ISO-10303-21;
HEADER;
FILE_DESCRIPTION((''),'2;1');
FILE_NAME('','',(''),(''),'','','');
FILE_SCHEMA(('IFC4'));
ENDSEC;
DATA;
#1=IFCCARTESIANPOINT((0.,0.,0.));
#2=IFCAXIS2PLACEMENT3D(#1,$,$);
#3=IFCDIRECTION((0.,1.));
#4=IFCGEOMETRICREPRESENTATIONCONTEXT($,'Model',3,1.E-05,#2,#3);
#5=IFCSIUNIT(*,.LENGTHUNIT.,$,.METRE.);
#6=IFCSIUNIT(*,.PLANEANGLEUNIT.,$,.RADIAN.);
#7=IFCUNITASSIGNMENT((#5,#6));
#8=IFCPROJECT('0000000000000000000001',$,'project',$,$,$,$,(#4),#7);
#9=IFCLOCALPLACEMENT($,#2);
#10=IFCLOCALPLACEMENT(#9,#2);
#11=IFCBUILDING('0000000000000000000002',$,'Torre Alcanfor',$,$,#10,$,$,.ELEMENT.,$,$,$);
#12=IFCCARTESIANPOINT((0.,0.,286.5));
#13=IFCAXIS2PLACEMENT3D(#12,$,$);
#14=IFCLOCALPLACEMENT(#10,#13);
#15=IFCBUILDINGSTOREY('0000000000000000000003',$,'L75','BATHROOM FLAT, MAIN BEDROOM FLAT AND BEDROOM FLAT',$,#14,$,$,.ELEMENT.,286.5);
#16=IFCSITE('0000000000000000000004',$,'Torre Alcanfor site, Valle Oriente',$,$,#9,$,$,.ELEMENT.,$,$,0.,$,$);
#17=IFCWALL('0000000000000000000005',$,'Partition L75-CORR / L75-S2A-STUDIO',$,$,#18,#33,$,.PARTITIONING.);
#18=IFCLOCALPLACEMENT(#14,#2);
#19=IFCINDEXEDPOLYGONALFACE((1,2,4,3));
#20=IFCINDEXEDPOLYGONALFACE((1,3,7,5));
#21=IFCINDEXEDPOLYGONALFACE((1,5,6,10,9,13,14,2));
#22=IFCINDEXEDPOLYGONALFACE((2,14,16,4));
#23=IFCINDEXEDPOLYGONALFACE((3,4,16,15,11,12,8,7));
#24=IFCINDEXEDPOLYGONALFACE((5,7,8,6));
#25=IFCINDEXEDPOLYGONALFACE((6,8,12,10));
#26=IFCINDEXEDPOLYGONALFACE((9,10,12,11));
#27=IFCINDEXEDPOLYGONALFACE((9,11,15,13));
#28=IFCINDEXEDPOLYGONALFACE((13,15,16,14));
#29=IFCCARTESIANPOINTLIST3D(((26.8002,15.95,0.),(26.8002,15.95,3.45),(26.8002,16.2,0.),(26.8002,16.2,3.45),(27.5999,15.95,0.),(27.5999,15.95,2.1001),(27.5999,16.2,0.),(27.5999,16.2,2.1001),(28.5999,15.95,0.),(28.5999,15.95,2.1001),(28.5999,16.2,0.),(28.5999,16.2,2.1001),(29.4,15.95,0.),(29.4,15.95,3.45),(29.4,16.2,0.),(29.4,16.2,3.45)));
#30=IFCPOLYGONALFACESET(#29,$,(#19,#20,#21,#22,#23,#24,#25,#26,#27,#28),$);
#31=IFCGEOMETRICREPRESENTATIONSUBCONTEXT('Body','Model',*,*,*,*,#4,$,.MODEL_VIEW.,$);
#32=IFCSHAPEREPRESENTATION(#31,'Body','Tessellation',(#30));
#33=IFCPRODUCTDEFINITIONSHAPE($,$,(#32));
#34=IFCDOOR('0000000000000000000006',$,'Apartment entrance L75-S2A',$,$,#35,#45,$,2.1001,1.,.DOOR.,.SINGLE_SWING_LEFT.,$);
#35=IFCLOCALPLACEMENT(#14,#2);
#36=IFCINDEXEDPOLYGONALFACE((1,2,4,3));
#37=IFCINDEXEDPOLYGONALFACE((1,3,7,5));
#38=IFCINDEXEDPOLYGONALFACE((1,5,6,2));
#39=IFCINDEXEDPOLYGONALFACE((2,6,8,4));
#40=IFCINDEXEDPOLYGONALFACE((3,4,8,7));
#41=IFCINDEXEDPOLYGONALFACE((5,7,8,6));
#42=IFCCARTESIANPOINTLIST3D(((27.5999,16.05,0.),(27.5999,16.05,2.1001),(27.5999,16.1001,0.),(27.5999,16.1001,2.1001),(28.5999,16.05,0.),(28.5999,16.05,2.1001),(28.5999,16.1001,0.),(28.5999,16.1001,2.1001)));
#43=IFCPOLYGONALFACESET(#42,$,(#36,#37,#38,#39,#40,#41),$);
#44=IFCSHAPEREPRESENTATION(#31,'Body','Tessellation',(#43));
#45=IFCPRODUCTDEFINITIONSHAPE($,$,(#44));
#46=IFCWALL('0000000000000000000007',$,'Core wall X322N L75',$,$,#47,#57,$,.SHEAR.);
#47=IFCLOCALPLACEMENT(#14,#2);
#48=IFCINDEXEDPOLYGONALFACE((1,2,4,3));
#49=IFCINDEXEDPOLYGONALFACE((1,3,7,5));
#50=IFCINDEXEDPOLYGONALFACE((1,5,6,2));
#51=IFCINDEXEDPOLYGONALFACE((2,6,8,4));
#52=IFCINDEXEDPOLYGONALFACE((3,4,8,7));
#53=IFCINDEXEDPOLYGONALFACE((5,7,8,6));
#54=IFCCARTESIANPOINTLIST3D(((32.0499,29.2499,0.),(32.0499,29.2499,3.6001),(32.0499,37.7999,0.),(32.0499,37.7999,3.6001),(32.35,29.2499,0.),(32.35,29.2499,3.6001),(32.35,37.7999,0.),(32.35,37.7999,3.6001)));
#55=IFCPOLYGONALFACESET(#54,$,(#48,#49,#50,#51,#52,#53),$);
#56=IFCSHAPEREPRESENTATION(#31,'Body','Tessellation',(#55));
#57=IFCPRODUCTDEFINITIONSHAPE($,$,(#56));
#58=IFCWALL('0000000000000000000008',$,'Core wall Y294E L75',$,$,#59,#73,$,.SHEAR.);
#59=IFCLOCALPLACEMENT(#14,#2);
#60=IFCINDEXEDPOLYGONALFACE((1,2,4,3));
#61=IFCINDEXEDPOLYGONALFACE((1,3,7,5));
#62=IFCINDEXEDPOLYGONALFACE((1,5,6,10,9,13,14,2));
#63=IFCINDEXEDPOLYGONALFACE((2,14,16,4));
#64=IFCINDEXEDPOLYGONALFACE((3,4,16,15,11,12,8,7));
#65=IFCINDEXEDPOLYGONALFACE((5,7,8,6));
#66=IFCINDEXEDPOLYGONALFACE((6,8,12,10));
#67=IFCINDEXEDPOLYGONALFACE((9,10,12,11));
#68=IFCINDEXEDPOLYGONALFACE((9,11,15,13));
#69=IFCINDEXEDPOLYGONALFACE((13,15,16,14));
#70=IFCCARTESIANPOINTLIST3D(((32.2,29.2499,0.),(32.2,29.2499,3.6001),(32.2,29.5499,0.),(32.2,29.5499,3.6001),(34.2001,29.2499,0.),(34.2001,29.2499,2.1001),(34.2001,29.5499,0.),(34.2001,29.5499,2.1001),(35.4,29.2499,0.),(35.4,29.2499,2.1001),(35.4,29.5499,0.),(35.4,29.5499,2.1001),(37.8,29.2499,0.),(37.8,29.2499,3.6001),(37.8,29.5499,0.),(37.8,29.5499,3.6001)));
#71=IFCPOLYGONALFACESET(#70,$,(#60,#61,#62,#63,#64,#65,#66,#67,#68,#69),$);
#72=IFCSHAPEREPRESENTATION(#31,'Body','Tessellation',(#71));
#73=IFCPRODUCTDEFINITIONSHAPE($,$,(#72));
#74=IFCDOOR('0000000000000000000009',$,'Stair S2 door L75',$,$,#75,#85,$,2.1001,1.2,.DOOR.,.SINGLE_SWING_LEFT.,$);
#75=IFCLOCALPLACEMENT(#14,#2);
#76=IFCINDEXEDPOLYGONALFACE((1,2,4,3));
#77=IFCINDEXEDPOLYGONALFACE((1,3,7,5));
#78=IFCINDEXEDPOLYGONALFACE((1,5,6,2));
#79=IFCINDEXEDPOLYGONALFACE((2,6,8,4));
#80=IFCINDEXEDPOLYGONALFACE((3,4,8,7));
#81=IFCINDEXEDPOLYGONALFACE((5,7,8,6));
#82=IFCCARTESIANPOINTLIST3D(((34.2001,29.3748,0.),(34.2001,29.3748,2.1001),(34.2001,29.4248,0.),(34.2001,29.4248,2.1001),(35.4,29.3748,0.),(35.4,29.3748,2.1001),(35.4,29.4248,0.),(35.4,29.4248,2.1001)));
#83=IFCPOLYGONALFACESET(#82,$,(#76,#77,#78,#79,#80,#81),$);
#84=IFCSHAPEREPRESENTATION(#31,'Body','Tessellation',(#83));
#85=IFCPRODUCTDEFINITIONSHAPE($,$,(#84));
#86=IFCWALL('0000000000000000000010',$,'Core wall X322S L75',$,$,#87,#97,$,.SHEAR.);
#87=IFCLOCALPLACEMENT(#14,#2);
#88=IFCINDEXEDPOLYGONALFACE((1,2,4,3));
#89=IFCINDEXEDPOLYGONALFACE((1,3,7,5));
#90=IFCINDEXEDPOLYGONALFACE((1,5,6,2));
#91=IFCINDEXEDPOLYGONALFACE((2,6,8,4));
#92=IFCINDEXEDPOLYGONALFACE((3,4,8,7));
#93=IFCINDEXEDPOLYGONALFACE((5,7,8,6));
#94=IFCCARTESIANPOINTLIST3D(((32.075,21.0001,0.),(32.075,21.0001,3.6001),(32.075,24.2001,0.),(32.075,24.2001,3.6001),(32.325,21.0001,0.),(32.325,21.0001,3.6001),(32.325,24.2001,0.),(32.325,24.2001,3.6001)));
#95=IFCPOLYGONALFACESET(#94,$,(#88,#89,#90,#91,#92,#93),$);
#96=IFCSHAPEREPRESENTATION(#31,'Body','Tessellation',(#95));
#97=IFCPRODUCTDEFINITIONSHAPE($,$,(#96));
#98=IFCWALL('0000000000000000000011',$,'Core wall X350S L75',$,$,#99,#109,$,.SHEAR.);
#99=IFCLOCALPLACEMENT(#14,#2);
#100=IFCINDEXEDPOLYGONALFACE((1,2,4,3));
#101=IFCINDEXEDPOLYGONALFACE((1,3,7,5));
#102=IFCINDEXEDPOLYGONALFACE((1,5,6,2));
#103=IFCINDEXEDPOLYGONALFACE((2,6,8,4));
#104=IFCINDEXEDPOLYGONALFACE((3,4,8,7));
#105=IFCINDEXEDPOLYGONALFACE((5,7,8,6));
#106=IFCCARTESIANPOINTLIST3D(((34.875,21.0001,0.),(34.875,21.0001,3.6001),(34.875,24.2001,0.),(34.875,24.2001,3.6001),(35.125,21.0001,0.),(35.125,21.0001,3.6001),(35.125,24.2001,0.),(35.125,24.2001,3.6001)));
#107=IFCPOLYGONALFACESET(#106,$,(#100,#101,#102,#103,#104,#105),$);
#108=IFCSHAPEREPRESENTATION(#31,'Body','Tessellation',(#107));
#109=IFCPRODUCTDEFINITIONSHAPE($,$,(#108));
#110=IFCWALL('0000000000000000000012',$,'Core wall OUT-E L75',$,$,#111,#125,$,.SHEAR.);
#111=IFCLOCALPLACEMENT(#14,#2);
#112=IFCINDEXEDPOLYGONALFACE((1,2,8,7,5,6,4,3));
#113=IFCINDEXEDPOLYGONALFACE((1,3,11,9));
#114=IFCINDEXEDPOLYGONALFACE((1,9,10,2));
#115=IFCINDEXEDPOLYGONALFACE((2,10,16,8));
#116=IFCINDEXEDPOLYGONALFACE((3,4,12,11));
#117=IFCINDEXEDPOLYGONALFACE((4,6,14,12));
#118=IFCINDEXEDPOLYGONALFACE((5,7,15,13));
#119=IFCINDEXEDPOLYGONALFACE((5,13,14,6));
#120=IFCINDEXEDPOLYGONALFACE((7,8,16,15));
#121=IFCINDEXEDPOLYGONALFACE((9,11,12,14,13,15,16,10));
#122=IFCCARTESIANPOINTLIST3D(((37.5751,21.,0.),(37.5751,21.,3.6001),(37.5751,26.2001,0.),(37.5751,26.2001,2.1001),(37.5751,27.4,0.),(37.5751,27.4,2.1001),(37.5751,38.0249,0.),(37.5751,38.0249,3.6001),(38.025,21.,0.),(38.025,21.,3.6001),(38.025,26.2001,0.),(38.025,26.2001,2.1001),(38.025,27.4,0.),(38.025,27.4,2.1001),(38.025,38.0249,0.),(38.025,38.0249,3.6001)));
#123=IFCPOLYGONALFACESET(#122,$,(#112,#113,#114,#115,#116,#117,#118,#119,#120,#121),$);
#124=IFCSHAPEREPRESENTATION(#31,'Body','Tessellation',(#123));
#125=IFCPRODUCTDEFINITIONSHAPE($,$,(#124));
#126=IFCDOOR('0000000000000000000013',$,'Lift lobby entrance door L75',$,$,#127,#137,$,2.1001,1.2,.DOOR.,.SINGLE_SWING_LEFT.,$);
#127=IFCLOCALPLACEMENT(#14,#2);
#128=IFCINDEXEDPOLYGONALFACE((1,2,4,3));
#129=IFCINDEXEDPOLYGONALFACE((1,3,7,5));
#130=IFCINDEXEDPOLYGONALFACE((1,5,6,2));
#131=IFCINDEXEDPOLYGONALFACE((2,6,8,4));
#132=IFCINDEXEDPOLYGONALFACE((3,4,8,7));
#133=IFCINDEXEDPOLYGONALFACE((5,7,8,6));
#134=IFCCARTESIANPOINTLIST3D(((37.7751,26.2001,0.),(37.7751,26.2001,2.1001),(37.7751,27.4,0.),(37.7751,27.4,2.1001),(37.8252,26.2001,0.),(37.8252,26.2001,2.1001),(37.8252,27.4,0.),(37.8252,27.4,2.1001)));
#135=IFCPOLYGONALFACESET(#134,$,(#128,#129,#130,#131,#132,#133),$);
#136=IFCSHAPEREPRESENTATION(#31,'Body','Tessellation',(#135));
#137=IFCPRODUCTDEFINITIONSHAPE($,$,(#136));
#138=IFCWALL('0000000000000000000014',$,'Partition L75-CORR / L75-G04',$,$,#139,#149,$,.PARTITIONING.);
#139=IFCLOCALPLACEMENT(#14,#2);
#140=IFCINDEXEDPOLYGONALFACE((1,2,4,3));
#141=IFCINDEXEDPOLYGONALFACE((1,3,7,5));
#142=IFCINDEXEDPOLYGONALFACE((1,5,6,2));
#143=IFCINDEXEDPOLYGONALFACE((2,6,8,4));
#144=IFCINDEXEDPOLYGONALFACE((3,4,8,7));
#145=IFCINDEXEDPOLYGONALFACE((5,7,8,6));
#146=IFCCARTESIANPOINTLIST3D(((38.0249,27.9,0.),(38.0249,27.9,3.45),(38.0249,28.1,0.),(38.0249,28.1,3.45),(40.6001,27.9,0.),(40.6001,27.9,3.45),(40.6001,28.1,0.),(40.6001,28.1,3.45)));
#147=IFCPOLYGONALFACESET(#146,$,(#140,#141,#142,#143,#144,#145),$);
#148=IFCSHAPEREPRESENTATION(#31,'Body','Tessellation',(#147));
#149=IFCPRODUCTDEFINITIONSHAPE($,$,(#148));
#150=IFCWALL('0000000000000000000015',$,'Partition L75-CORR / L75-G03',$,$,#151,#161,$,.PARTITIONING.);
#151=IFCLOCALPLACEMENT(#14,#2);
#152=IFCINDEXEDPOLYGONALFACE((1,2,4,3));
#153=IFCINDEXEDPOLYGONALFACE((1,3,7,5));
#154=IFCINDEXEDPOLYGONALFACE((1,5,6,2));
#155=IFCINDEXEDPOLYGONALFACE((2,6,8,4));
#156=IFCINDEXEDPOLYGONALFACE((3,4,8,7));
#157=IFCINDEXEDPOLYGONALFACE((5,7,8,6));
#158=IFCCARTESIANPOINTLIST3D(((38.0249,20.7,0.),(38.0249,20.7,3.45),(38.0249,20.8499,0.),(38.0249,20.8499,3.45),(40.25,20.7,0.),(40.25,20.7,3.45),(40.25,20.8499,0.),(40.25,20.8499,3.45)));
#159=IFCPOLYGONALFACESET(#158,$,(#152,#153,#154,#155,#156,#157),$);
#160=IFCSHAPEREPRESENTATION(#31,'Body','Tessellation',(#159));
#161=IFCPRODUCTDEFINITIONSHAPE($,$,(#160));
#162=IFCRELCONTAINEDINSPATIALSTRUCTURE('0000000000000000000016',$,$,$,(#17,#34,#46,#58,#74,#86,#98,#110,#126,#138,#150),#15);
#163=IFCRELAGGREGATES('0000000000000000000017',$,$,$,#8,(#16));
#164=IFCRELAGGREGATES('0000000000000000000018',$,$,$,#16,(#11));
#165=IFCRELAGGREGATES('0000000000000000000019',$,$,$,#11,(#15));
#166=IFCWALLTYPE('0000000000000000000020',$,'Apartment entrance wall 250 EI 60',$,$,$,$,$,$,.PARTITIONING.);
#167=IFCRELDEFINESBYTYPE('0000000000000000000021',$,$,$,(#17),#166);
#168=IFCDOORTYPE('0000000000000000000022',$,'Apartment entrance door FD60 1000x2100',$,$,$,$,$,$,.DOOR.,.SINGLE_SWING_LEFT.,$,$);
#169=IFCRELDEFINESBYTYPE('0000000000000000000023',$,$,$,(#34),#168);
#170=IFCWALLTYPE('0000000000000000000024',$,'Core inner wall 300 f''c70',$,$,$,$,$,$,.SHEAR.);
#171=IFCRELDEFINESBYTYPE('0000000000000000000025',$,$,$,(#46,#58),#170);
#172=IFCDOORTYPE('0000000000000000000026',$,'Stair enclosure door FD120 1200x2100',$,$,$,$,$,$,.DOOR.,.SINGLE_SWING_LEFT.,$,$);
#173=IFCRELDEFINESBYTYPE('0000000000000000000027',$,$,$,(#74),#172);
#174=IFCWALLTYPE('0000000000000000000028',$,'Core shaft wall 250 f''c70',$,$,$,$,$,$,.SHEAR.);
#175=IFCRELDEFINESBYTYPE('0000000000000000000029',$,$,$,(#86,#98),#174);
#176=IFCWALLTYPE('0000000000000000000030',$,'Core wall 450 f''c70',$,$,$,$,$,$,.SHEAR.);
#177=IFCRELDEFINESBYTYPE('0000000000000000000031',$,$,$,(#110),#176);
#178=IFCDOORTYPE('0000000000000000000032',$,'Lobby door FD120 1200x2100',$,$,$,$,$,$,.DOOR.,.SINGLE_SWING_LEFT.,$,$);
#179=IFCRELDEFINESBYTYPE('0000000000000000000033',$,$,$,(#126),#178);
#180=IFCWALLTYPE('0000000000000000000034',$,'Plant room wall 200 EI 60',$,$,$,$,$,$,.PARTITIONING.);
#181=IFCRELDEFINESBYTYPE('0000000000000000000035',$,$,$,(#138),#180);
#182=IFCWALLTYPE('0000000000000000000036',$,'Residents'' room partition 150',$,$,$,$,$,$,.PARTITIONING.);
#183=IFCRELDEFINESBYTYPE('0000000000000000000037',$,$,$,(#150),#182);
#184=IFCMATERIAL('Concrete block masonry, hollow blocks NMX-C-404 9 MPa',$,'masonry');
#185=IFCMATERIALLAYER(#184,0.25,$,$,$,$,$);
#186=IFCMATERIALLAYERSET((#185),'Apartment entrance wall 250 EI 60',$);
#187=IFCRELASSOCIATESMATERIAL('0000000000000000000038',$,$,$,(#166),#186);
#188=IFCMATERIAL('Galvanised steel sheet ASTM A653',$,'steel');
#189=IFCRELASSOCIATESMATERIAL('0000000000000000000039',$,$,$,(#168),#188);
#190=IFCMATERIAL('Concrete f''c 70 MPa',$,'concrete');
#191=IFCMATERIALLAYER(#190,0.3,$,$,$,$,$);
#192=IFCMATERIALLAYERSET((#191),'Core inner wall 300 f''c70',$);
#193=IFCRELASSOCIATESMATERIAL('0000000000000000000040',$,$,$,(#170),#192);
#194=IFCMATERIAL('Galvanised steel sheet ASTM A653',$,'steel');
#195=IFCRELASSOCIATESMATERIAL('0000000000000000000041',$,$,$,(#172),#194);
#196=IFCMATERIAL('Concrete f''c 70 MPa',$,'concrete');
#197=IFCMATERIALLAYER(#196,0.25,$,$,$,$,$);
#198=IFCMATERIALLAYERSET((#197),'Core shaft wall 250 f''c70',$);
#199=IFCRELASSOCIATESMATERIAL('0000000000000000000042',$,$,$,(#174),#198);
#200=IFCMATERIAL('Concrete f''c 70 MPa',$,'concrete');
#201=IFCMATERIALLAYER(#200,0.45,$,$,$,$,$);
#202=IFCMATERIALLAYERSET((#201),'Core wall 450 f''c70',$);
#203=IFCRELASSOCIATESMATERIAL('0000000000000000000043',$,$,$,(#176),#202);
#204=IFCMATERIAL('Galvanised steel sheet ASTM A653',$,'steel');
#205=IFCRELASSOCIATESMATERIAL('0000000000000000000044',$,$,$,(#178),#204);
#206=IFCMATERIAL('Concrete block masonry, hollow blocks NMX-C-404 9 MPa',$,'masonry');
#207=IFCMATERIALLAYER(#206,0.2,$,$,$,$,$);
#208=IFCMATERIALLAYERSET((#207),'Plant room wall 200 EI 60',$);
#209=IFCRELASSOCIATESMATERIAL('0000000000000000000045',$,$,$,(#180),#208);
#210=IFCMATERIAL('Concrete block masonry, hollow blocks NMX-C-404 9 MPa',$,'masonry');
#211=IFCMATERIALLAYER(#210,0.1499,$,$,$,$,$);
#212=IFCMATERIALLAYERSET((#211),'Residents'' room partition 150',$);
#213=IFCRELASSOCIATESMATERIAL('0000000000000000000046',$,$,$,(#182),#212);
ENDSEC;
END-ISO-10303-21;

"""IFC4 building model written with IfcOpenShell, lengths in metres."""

from ifc_helpers import new_model, si_unit, direction, frame, frame_2d, origin, place, context, subcontext, project, spatial, rectangle, extrude, material, layer, layer_set, type_object, element, fill, save


model = new_model("IFC4")

# Units and contexts
model_context = context("Model", 3, precision=1e-05, world=origin(), true_north=direction((0.0, 1.0)))
body_context = subcontext(model_context, "Body", "Model", "MODEL_VIEW")
ifc_project = project(units=[si_unit("LENGTHUNIT", "METRE"), si_unit("PLANEANGLEUNIT", "RADIAN")], contexts=[model_context])

# Site, building, storey
site_placement = place(None, origin())
site = spatial("IfcSite", under=ifc_project, at=site_placement, Name="Torre Alcanfor site, Valle Oriente", CompositionType="ELEMENT", RefElevation=0.0)
building_placement = place(site_placement, origin())
building = spatial("IfcBuilding", under=site, at=building_placement, Name="Torre Alcanfor", CompositionType="ELEMENT")
storey_placement = place(building_placement, frame((0.0, 0.0, 286.5)))
storey = spatial("IfcBuildingStorey", under=building, at=storey_placement, Name="L75", Description="BATHROOM FLAT, MAIN BEDROOM FLAT AND BEDROOM FLAT", CompositionType="ELEMENT", Elevation=286.5)

# Shared definitions
ifc_material_1 = material(Name="Concrete block masonry, hollow blocks NMX-C-404 9 MPa", Category="masonry")
ifc_layer_1 = layer(ifc_material_1, 0.25)
ifc_layer_set_1 = layer_set([ifc_layer_1], Name="Apartment entrance wall 250 EI 60")
wall_type_1 = type_object("IfcWallType", Name="Apartment entrance wall 250 EI 60", PredefinedType="PARTITIONING", material=ifc_layer_set_1)
ifc_material_2 = material(Name="Galvanised steel sheet ASTM A653", Category="steel")
door_type_1 = type_object("IfcDoorType", Name="Apartment entrance door FD60 1000x2100", OperationType="SINGLE_SWING_LEFT", PredefinedType="DOOR", material=ifc_material_2)

# Wall, opening, door
wall_1_placement = place(storey_placement, frame((29.3999, 16.075, 0.0), z_axis=(0.0, 0.0, 1.0), x_axis=(-1.0, 0.0, 0.0)))
wall_1 = element("IfcWall", 1, at=wall_1_placement, inside=storey, type_object=wall_type_1, Name="Partition L75-CORR / L75-S2A-STUDIO", PredefinedType="PARTITIONING", context=body_context, shape_type="SweptSolid", body=[
    extrude(rectangle(XDim=2.5999, YDim=0.25, at=frame_2d((1.2998, 0.0))), origin(), (0.0, 0.0, 1.0), 3.45),
])
opening_1_placement = place(wall_1_placement, frame((0.8, 0.0, 0.0)))
opening_1 = element("IfcOpeningElement", 2, at=opening_1_placement, cuts=wall_1, PredefinedType="OPENING", context=body_context, shape_type="SweptSolid", body=[
    extrude(rectangle(XDim=1.0, YDim=2.1001, at=frame_2d((0.5, 1.05))), frame((0.0, 0.135, 0.0), z_axis=(0.0, -1.0, 0.0), x_axis=(1.0, 0.0, 0.0)), (0.0, 0.0, 1.0), 0.27),
])
door_1_placement = place(opening_1_placement, origin())
door_1 = element("IfcDoor", 3, at=door_1_placement, inside=storey, type_object=door_type_1, Name="Apartment entrance L75-S2A", OperationType="SINGLE_SWING_LEFT", OverallHeight=2.1001, OverallWidth=1.0, PredefinedType="DOOR", context=body_context, shape_type="SweptSolid", body=[
    extrude(rectangle(XDim=1.0, YDim=2.1001, at=frame_2d((0.5, 1.05))), frame((0.0, 0.0249, 0.0), z_axis=(0.0, -1.0, 0.0), x_axis=(1.0, 0.0, 0.0)), (0.0, 0.0, 1.0), 0.05),
])
fill(opening_1, door_1)

# Wall
ifc_material_3 = material(Name="Concrete f'c 70 MPa", Category="concrete")
ifc_layer_2 = layer(ifc_material_3, 0.3)
ifc_layer_set_2 = layer_set([ifc_layer_2], Name="Core inner wall 300 f'c70")
wall_type_2 = type_object("IfcWallType", Name="Core inner wall 300 f'c70", PredefinedType="SHEAR", material=ifc_layer_set_2)
wall_2_placement = place(storey_placement, frame((32.2, 29.25, 0.0), z_axis=(0.0, 0.0, 1.0), x_axis=(0.0, 1.0, 0.0)))
element("IfcWall", 4, at=wall_2_placement, inside=storey, type_object=wall_type_2, Name="Core wall X322N L75", PredefinedType="SHEAR", context=body_context, shape_type="SweptSolid", body=[
    extrude(rectangle(XDim=8.55, YDim=0.3, at=frame_2d((4.2749, 0.0))), origin(), (0.0, 0.0, 1.0), 3.6001),
])

# Wall, opening, door
wall_3_placement = place(storey_placement, frame((32.2, 29.3999, 0.0), z_axis=(0.0, 0.0, 1.0), x_axis=(1.0, 0.0, 0.0)))
wall_3 = element("IfcWall", 5, at=wall_3_placement, inside=storey, type_object=wall_type_2, Name="Core wall Y294E L75", PredefinedType="SHEAR", context=body_context, shape_type="SweptSolid", body=[
    extrude(rectangle(XDim=5.6001, YDim=0.3, at=frame_2d((2.8, 0.0))), origin(), (0.0, 0.0, 1.0), 3.6001),
])
opening_2_placement = place(wall_3_placement, frame((2.0, 0.0, 0.0)))
opening_2 = element("IfcOpeningElement", 6, at=opening_2_placement, cuts=wall_3, PredefinedType="OPENING", context=body_context, shape_type="SweptSolid", body=[
    extrude(rectangle(XDim=1.2, YDim=2.1001, at=frame_2d((0.6001, 1.05))), frame((0.0, 0.1599, 0.0), z_axis=(0.0, -1.0, 0.0), x_axis=(1.0, 0.0, 0.0)), (0.0, 0.0, 1.0), 0.3201),
])
ifc_material_4 = material(Name="Galvanised steel sheet ASTM A653", Category="steel")
door_type_2 = type_object("IfcDoorType", Name="Stair enclosure door FD120 1200x2100", OperationType="SINGLE_SWING_LEFT", PredefinedType="DOOR", material=ifc_material_4)
door_2_placement = place(opening_2_placement, origin())
door_2 = element("IfcDoor", 7, at=door_2_placement, inside=storey, type_object=door_type_2, Name="Stair S2 door L75", OperationType="SINGLE_SWING_LEFT", OverallHeight=2.1001, OverallWidth=1.2, PredefinedType="DOOR", context=body_context, shape_type="SweptSolid", body=[
    extrude(rectangle(XDim=1.2, YDim=2.1001, at=frame_2d((0.6001, 1.05))), frame((0.0, 0.0249, 0.0), z_axis=(0.0, -1.0, 0.0), x_axis=(1.0, 0.0, 0.0)), (0.0, 0.0, 1.0), 0.05),
])
fill(opening_2, door_2)

# Walls
ifc_material_5 = material(Name="Concrete f'c 70 MPa", Category="concrete")
ifc_layer_3 = layer(ifc_material_5, 0.25)
ifc_layer_set_3 = layer_set([ifc_layer_3], Name="Core shaft wall 250 f'c70")
wall_type_3 = type_object("IfcWallType", Name="Core shaft wall 250 f'c70", PredefinedType="SHEAR", material=ifc_layer_set_3)
for number, where, z_axis, x_axis, name in (
    (8, (32.2, 21.0, 0.0), (0.0, 0.0, 1.0), (0.0, 1.0, 0.0), "Core wall X322S L75"),
    (9, (35.0, 21.0, 0.0), (0.0, 0.0, 1.0), (0.0, 1.0, 0.0), "Core wall X350S L75"),
):
    element("IfcWall", number, at=place(storey_placement, frame(where, z_axis=z_axis, x_axis=x_axis)), inside=storey, type_object=wall_type_3, Name=name, PredefinedType="SHEAR", context=body_context, shape_type="SweptSolid", body=[
        extrude(rectangle(XDim=3.2, YDim=0.25, at=frame_2d((1.6001, 0.0))), origin(), (0.0, 0.0, 1.0), 3.6001),
    ])

# Wall, opening, door
ifc_material_6 = material(Name="Concrete f'c 70 MPa", Category="concrete")
ifc_layer_4 = layer(ifc_material_6, 0.45)
ifc_layer_set_4 = layer_set([ifc_layer_4], Name="Core wall 450 f'c70")
wall_type_4 = type_object("IfcWallType", Name="Core wall 450 f'c70", PredefinedType="SHEAR", material=ifc_layer_set_4)
wall_4_placement = place(storey_placement, frame((37.8, 21.0, 0.0), z_axis=(0.0, 0.0, 1.0), x_axis=(0.0, 1.0, 0.0)))
wall_4 = element("IfcWall", 10, at=wall_4_placement, inside=storey, type_object=wall_type_4, Name="Core wall OUT-E L75", PredefinedType="SHEAR", context=body_context, shape_type="SweptSolid", body=[
    extrude(rectangle(XDim=17.0249, YDim=0.45, at=frame_2d((8.5125, 0.0))), origin(), (0.0, 0.0, 1.0), 3.6001),
])
opening_3_placement = place(wall_4_placement, frame((5.2, 0.0, 0.0)))
opening_3 = element("IfcOpeningElement", 11, at=opening_3_placement, cuts=wall_4, PredefinedType="OPENING", context=body_context, shape_type="SweptSolid", body=[
    extrude(rectangle(XDim=1.2, YDim=2.1001, at=frame_2d((0.6001, 1.05))), frame((0.0, 0.2349, 0.0), z_axis=(0.0, -1.0, 0.0), x_axis=(1.0, 0.0, 0.0)), (0.0, 0.0, 1.0), 0.47),
])
ifc_material_7 = material(Name="Galvanised steel sheet ASTM A653", Category="steel")
door_type_3 = type_object("IfcDoorType", Name="Lobby door FD120 1200x2100", OperationType="SINGLE_SWING_LEFT", PredefinedType="DOOR", material=ifc_material_7)
door_3_placement = place(opening_3_placement, origin())
door_3 = element("IfcDoor", 12, at=door_3_placement, inside=storey, type_object=door_type_3, Name="Lift lobby entrance door L75", OperationType="SINGLE_SWING_LEFT", OverallHeight=2.1001, OverallWidth=1.2, PredefinedType="DOOR", context=body_context, shape_type="SweptSolid", body=[
    extrude(rectangle(XDim=1.2, YDim=2.1001, at=frame_2d((0.6001, 1.05))), frame((0.0, 0.0249, 0.0), z_axis=(0.0, -1.0, 0.0), x_axis=(1.0, 0.0, 0.0)), (0.0, 0.0, 1.0), 0.05),
])
fill(opening_3, door_3)

# Walls
ifc_material_8 = material(Name="Concrete block masonry, hollow blocks NMX-C-404 9 MPa", Category="masonry")
ifc_layer_5 = layer(ifc_material_8, 0.2)
ifc_layer_set_5 = layer_set([ifc_layer_5], Name="Plant room wall 200 EI 60")
wall_type_5 = type_object("IfcWallType", Name="Plant room wall 200 EI 60", PredefinedType="PARTITIONING", material=ifc_layer_set_5)
wall_5_placement = place(storey_placement, frame((38.0249, 28.0, 0.0), z_axis=(0.0, 0.0, 1.0), x_axis=(1.0, 0.0, 0.0)))
element("IfcWall", 13, at=wall_5_placement, inside=storey, type_object=wall_type_5, Name="Partition L75-CORR / L75-G04", PredefinedType="PARTITIONING", context=body_context, shape_type="SweptSolid", body=[
    extrude(rectangle(XDim=2.5752, YDim=0.2, at=frame_2d((1.2876, 0.0))), origin(), (0.0, 0.0, 1.0), 3.45),
])
ifc_material_9 = material(Name="Concrete block masonry, hollow blocks NMX-C-404 9 MPa", Category="masonry")
ifc_layer_6 = layer(ifc_material_9, 0.1499)
ifc_layer_set_6 = layer_set([ifc_layer_6], Name="Residents' room partition 150")
wall_type_6 = type_object("IfcWallType", Name="Residents' room partition 150", PredefinedType="PARTITIONING", material=ifc_layer_set_6)
wall_6_placement = place(storey_placement, frame((38.0249, 20.7749, 0.0), z_axis=(0.0, 0.0, 1.0), x_axis=(1.0, 0.0, 0.0)))
element("IfcWall", 14, at=wall_6_placement, inside=storey, type_object=wall_type_6, Name="Partition L75-CORR / L75-G03", PredefinedType="PARTITIONING", context=body_context, shape_type="SweptSolid", body=[
    extrude(rectangle(XDim=2.2251, YDim=0.1499, at=frame_2d((1.1125, 0.0))), origin(), (0.0, 0.0, 1.0), 3.45),
])

save(model, "model.ifc")
